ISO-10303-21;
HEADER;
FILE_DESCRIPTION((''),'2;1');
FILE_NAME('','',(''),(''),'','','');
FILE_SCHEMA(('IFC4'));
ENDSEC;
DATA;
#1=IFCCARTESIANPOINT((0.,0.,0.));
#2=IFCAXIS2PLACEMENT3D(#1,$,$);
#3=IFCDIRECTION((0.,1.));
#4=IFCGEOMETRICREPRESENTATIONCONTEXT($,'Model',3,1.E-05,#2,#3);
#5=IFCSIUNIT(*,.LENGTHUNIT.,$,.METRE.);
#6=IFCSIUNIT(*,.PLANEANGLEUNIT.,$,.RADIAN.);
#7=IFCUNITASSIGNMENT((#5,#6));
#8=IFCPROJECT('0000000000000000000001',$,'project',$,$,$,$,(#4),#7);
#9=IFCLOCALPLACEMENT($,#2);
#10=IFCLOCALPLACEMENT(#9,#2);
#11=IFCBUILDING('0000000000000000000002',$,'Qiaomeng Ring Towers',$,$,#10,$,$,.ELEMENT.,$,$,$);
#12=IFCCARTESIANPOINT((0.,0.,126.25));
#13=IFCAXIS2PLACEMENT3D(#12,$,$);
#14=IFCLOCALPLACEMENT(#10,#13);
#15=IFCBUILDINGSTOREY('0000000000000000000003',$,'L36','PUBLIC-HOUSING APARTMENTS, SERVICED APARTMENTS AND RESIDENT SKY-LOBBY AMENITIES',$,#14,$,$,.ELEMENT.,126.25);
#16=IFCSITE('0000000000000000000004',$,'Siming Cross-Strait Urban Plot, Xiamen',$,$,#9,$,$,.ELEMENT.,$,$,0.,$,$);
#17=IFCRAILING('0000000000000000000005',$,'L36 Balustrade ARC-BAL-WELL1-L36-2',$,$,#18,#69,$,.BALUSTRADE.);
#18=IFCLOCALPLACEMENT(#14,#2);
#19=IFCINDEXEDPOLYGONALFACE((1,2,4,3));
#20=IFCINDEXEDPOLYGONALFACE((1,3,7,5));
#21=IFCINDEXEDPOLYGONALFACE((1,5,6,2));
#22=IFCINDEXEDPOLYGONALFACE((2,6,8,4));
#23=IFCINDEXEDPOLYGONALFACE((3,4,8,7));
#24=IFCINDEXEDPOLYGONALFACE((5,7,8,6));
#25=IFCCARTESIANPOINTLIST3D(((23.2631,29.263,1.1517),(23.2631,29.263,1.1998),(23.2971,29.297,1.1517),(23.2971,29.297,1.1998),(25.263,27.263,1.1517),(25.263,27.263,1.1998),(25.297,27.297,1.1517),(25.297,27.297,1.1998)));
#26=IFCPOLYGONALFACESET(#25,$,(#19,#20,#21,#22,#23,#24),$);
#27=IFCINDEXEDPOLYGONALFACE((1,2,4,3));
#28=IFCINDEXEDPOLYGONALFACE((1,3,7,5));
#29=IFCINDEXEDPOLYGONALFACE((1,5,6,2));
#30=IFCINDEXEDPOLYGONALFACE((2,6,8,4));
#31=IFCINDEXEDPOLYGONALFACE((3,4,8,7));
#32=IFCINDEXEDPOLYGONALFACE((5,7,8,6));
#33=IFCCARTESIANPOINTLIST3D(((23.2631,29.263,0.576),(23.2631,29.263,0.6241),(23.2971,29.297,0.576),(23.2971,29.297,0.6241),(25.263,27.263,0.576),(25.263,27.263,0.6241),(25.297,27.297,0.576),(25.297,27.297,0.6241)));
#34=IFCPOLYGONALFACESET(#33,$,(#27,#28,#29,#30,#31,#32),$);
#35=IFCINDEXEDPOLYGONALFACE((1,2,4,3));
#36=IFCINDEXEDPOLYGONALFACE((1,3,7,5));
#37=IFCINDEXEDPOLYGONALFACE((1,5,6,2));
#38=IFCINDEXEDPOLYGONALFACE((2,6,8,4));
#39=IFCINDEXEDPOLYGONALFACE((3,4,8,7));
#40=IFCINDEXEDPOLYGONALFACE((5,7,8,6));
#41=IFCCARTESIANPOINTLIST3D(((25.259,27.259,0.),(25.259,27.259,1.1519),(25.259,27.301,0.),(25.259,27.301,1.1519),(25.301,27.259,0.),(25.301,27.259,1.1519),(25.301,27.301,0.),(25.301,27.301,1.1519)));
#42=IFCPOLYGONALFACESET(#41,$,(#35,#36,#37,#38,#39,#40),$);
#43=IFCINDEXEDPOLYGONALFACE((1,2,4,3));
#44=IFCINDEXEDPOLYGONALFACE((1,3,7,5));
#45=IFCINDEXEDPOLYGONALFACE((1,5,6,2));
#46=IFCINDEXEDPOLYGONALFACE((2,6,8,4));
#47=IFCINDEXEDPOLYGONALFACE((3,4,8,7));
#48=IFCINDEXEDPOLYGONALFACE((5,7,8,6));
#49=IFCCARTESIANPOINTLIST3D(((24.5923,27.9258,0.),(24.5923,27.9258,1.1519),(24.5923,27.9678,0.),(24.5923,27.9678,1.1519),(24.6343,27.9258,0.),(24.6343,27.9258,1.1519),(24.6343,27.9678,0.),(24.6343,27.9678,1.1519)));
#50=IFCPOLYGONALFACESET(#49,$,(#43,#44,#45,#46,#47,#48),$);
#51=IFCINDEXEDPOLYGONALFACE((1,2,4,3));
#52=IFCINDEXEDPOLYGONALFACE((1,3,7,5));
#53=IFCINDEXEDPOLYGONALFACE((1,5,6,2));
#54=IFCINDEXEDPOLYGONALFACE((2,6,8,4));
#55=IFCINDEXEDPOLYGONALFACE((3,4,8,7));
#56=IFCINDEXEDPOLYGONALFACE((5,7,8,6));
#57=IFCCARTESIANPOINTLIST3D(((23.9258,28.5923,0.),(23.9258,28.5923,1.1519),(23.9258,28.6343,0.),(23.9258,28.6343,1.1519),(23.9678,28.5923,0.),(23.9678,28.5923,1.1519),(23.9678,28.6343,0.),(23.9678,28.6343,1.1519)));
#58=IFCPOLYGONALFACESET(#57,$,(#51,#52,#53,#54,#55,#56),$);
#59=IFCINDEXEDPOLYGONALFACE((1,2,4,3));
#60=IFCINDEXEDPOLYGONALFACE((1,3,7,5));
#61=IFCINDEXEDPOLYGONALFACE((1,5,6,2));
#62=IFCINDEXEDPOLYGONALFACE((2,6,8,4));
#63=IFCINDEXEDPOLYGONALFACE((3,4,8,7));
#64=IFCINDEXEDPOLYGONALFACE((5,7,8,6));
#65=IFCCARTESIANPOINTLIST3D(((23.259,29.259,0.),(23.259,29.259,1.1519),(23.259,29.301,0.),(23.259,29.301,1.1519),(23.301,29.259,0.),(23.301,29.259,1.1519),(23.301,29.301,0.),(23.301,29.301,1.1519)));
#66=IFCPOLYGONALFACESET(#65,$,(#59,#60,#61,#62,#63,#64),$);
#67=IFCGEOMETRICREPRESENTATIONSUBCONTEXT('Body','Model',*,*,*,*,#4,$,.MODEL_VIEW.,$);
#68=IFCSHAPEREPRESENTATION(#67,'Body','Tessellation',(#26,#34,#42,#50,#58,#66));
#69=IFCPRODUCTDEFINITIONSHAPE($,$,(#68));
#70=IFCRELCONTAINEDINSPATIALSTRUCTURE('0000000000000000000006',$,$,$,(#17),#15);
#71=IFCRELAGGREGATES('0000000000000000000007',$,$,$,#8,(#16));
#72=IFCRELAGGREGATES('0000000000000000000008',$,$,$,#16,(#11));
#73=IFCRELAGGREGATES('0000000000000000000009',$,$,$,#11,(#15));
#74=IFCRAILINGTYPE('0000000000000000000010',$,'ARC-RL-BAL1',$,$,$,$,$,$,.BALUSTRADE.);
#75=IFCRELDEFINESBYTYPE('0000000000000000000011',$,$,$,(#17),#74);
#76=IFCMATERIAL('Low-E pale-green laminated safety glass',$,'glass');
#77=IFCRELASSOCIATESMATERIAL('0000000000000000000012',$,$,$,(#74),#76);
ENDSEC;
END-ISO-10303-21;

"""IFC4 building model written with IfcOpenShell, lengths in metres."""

from ifc_helpers import new_model, si_unit, direction, frame, origin, origin_2d, place, context, subcontext, project, spatial, rectangle, extrude, material, type_object, element, save


model = new_model("IFC4")

# Units and contexts
model_context = context("Model", 3, precision=1e-05, world=origin(), true_north=direction((0.0, 1.0)))
body_context = subcontext(model_context, "Body", "Model", "MODEL_VIEW")
ifc_project = project(units=[si_unit("LENGTHUNIT", "METRE"), si_unit("PLANEANGLEUNIT", "RADIAN")], contexts=[model_context])

# Site, building, storey
site_placement = place(None, origin())
site = spatial("IfcSite", under=ifc_project, at=site_placement, Name="Siming Cross-Strait Urban Plot, Xiamen", CompositionType="ELEMENT", RefElevation=0.0)
building_placement = place(site_placement, origin())
building = spatial("IfcBuilding", under=site, at=building_placement, Name="Qiaomeng Ring Towers", CompositionType="ELEMENT")
storey_placement = place(building_placement, frame((0.0, 0.0, 126.25)))
storey = spatial("IfcBuildingStorey", under=building, at=storey_placement, Name="L36", Description="PUBLIC-HOUSING APARTMENTS, SERVICED APARTMENTS AND RESIDENT SKY-LOBBY AMENITIES", CompositionType="ELEMENT", Elevation=126.25)

# Railing
ifc_material_1 = material(Name="Low-E pale-green laminated safety glass", Category="glass")
railing_type = type_object("IfcRailingType", Name="ARC-RL-BAL1", PredefinedType="BALUSTRADE", material=ifc_material_1)
railing_placement = place(storey_placement, frame((25.28, 27.28, 0.0)))
element("IfcRailing", 1, at=railing_placement, inside=storey, type_object=railing_type, Name="L36 Balustrade ARC-BAL-WELL1-L36-2", PredefinedType="BALUSTRADE", context=body_context, shape_type="SweptSolid", body=[
    extrude(rectangle(XDim=0.0481, YDim=0.0481, at=origin_2d()), frame((0.0, 0.0, 1.1758), z_axis=(-0.707107, 0.707107, 0.0), x_axis=(-0.707107, -0.707107, 0.0)), (0.0, 0.0, 1.0), 2.8284),
    extrude(rectangle(XDim=0.0481, YDim=0.0481, at=origin_2d()), frame((0.0, 0.0, 0.6001), z_axis=(-0.707107, 0.707107, 0.0), x_axis=(-0.707107, -0.707107, 0.0)), (0.0, 0.0, 1.0), 2.8284),
    extrude(rectangle(XDim=0.042, YDim=0.042, at=origin_2d()), origin(), (0.0, 0.0, 1.0), 1.1519),
    extrude(rectangle(XDim=0.042, YDim=0.042, at=origin_2d()), frame((-0.6667, 0.6667, 0.0)), (0.0, 0.0, 1.0), 1.1519),
    extrude(rectangle(XDim=0.042, YDim=0.042, at=origin_2d()), frame((-1.3333, 1.3333, 0.0)), (0.0, 0.0, 1.0), 1.1519),
    extrude(rectangle(XDim=0.042, YDim=0.042, at=origin_2d()), frame((-2.0, 2.0, 0.0)), (0.0, 0.0, 1.0), 1.1519),
])

save(model, "model.ifc")
